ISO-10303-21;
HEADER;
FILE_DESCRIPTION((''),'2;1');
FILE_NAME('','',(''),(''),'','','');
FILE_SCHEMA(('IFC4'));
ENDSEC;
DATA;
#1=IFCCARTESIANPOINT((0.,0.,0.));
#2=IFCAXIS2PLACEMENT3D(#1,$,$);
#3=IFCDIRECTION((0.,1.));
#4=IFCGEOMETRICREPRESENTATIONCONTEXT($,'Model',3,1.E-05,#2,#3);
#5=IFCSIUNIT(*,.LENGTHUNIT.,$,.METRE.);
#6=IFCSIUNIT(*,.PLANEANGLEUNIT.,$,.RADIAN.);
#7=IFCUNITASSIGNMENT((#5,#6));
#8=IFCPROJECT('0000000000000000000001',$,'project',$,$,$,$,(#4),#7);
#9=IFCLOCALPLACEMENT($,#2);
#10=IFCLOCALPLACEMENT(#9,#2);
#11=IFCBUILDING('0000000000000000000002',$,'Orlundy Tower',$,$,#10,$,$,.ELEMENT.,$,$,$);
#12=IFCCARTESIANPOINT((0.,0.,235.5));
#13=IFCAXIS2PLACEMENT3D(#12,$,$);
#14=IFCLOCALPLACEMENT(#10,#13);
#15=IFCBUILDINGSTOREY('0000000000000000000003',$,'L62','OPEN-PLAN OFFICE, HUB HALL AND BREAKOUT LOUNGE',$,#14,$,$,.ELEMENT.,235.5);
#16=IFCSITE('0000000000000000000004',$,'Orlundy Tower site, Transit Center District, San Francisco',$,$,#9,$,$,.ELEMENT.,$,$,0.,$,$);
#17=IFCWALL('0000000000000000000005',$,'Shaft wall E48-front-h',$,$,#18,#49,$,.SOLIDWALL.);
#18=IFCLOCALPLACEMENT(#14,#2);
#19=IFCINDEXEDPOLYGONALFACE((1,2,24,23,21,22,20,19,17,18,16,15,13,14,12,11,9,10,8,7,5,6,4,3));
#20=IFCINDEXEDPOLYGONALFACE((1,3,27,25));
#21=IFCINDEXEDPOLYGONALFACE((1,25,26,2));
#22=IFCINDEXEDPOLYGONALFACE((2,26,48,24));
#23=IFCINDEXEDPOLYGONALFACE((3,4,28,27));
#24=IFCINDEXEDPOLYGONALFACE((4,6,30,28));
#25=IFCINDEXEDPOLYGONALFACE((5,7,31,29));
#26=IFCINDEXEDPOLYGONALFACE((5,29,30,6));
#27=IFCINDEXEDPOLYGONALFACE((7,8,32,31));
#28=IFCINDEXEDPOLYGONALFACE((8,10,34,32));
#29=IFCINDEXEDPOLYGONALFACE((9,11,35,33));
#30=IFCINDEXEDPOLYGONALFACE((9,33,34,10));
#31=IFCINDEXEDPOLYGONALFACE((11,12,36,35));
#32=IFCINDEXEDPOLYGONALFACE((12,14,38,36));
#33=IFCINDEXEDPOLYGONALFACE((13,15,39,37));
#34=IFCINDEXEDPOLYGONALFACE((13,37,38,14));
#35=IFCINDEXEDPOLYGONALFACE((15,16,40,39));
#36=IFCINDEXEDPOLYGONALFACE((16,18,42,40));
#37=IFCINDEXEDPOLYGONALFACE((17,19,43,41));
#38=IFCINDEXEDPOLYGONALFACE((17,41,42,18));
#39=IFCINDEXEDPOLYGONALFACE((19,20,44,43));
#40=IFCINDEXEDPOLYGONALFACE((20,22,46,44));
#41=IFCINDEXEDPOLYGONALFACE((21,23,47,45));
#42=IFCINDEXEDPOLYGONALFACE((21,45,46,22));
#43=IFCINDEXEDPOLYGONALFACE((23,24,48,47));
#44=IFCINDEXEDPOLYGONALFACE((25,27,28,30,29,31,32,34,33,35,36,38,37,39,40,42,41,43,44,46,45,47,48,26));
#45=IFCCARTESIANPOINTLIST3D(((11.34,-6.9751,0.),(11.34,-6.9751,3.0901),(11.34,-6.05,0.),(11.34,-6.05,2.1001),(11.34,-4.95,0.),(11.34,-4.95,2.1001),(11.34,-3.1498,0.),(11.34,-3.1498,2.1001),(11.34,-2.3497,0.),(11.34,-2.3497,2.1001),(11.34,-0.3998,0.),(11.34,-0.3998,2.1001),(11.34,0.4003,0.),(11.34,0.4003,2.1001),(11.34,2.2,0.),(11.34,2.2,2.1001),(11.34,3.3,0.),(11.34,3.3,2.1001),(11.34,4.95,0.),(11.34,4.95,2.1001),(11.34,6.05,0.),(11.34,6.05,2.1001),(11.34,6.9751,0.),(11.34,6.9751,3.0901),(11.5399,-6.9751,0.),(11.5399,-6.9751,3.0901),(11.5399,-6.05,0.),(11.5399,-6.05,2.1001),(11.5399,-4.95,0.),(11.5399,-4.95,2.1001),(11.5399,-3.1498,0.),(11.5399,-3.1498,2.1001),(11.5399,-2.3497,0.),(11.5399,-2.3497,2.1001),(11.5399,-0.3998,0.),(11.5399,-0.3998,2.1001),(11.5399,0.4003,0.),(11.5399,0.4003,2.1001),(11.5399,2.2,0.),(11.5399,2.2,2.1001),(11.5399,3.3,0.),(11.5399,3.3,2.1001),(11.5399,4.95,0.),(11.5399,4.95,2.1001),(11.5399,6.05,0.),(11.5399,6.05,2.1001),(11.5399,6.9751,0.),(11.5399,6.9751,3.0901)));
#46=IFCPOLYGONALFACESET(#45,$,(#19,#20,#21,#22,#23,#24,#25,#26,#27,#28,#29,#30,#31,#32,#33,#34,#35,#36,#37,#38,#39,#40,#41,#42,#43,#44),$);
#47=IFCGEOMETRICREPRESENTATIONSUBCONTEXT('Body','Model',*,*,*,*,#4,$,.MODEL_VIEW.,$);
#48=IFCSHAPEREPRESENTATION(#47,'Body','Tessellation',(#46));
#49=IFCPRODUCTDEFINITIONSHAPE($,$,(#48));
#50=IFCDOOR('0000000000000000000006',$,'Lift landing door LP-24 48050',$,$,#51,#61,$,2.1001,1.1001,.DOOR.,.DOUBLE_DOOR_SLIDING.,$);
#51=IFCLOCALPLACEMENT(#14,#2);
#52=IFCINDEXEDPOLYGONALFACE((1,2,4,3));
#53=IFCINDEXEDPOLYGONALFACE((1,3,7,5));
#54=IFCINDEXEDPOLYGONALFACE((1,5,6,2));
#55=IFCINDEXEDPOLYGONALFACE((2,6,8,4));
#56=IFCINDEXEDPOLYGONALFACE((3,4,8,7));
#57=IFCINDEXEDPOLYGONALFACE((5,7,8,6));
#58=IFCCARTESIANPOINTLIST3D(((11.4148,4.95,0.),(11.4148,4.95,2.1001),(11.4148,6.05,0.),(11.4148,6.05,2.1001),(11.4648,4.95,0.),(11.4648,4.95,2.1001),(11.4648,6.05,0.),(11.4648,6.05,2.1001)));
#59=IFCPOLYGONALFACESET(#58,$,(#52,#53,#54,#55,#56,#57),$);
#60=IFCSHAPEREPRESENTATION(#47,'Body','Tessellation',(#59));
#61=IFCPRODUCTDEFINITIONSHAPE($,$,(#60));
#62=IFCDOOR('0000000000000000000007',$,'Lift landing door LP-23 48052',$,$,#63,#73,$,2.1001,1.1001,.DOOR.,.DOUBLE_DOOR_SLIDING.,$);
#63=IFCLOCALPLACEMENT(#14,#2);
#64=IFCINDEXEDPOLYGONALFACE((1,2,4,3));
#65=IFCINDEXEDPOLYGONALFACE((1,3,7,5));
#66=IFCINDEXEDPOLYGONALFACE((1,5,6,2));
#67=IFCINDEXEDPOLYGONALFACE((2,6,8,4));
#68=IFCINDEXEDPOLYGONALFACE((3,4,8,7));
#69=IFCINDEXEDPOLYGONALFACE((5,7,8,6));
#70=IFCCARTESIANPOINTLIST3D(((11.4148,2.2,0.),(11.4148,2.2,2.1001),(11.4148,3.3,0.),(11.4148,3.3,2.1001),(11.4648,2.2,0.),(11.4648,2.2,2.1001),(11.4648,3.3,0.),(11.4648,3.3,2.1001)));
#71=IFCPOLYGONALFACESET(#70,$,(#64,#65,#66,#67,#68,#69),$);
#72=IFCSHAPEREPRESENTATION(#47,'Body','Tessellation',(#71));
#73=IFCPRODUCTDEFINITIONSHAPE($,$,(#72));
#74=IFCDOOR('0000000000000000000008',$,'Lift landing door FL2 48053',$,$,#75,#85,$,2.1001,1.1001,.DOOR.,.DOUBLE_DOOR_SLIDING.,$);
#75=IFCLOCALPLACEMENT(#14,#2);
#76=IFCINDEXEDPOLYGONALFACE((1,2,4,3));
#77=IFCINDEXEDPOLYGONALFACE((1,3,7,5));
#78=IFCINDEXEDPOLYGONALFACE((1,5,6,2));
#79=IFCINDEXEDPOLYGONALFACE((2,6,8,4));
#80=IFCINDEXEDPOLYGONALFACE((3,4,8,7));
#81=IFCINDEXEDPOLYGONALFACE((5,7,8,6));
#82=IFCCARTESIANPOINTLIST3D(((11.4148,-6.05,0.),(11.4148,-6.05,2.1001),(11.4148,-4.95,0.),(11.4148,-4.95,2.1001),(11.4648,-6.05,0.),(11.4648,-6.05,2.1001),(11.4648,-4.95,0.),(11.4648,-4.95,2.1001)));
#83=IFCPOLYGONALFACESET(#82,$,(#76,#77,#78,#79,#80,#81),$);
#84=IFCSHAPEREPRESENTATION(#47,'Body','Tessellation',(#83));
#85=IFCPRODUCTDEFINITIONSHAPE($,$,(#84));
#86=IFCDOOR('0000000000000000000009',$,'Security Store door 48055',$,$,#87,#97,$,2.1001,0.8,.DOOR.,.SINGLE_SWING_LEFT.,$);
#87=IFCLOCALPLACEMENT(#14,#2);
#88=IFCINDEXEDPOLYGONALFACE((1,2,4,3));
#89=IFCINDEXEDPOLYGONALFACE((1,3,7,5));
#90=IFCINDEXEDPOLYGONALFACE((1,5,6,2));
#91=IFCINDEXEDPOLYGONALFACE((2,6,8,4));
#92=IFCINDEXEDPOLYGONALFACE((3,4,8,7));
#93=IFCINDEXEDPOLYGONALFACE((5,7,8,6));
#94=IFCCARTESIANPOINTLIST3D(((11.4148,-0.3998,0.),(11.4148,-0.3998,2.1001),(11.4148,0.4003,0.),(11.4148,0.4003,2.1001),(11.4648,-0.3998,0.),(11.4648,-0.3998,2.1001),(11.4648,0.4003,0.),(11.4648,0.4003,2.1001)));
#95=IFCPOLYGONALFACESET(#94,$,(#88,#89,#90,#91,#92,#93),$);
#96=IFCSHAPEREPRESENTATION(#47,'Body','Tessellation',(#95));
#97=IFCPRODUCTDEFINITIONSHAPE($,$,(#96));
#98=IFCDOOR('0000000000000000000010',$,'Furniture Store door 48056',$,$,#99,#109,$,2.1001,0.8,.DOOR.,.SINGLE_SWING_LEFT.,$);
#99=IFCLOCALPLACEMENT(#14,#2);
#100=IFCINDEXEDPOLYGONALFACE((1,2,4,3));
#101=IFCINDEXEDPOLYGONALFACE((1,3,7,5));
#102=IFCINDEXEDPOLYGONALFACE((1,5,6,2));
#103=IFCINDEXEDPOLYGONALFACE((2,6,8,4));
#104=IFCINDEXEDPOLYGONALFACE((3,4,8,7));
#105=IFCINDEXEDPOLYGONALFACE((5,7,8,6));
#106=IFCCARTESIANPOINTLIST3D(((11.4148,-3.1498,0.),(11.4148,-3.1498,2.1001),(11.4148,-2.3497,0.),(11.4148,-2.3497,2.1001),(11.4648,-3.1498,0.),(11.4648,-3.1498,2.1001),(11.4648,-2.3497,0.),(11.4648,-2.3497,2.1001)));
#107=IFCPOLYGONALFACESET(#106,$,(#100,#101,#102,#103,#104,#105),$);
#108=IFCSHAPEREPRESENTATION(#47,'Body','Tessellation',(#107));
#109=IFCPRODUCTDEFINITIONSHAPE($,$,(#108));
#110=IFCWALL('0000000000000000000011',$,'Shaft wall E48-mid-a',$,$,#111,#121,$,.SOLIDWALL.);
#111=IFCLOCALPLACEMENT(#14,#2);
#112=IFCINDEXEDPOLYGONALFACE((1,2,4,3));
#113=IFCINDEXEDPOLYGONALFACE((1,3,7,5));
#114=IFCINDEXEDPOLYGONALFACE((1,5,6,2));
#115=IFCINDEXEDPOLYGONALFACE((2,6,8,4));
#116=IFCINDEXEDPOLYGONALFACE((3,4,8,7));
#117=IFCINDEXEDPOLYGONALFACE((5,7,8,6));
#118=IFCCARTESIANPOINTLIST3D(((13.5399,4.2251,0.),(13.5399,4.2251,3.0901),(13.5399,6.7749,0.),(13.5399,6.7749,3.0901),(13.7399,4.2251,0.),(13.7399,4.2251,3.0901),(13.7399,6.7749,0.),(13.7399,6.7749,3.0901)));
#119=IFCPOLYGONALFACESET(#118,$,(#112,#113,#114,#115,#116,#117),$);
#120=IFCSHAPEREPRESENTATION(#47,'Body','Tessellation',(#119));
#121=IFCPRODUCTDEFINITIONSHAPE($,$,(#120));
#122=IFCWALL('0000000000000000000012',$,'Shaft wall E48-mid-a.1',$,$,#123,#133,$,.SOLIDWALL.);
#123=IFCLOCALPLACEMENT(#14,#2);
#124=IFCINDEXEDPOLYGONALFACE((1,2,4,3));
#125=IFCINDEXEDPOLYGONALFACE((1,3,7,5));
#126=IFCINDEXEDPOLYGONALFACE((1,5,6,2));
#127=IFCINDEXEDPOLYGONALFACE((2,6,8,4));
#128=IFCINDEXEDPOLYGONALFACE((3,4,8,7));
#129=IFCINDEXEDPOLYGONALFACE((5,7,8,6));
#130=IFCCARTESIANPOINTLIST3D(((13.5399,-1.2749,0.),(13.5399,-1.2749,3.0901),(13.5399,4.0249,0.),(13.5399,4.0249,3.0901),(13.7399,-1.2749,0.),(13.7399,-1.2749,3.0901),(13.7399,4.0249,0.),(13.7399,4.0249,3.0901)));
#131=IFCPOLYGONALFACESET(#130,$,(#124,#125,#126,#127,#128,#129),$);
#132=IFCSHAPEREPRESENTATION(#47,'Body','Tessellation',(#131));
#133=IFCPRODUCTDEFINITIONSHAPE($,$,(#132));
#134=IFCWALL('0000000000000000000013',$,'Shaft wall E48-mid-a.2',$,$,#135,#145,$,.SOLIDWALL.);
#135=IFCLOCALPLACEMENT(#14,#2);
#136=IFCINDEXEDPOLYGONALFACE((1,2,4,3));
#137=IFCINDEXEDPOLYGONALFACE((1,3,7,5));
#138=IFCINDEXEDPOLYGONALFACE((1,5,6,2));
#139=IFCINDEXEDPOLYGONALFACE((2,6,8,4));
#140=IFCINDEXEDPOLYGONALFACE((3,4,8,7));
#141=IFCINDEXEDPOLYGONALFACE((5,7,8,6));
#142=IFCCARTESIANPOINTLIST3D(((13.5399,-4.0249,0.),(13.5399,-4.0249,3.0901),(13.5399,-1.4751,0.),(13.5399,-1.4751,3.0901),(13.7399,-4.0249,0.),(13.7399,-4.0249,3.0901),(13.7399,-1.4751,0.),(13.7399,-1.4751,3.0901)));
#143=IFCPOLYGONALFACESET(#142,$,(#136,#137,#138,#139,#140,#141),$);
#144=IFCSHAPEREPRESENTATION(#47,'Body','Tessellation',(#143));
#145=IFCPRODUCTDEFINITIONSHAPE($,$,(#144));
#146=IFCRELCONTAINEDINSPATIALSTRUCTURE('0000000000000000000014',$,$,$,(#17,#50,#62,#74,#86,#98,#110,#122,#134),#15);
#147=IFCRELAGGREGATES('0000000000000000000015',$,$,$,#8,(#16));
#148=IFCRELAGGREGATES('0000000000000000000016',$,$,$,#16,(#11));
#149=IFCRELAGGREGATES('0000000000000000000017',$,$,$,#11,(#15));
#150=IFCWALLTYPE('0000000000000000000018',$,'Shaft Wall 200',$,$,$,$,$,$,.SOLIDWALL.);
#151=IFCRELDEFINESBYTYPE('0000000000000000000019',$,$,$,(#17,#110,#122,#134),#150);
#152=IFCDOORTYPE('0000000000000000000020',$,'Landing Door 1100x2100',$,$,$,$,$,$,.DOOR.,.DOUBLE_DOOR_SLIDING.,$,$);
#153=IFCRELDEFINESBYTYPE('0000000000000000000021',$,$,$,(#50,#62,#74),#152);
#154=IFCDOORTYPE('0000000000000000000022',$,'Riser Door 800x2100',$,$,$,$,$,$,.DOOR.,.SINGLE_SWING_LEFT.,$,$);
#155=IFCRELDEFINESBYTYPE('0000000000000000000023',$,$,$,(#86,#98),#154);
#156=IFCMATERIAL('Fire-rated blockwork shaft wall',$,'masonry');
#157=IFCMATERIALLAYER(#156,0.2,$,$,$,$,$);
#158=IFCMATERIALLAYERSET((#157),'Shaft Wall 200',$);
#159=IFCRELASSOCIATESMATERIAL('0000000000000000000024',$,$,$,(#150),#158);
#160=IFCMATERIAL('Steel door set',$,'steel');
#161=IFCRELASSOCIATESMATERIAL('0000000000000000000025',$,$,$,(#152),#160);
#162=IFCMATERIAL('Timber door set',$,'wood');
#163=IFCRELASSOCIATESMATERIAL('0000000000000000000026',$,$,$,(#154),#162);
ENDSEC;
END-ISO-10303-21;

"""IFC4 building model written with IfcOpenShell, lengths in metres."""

from ifc_helpers import new_model, si_unit, direction, frame, frame_2d, origin, place, context, subcontext, project, spatial, rectangle, extrude, material, layer, layer_set, type_object, element, fill, save


model = new_model("IFC4")

# Units and contexts
model_context = context("Model", 3, precision=1e-05, world=origin(), true_north=direction((0.0, 1.0)))
body_context = subcontext(model_context, "Body", "Model", "MODEL_VIEW")
ifc_project = project(units=[si_unit("LENGTHUNIT", "METRE"), si_unit("PLANEANGLEUNIT", "RADIAN")], contexts=[model_context])

# Site, building, storey
site_placement = place(None, origin())
site = spatial("IfcSite", under=ifc_project, at=site_placement, Name="Orlundy Tower site, Transit Center District, San Francisco", CompositionType="ELEMENT", RefElevation=0.0)
building_placement = place(site_placement, origin())
building = spatial("IfcBuilding", under=site, at=building_placement, Name="Orlundy Tower", CompositionType="ELEMENT")
storey_placement = place(building_placement, frame((0.0, 0.0, 235.5)))
storey = spatial("IfcBuildingStorey", under=building, at=storey_placement, Name="L62", Description="OPEN-PLAN OFFICE, HUB HALL AND BREAKOUT LOUNGE", CompositionType="ELEMENT", Elevation=235.5)

# Shared definitions
ifc_material_1 = material(Name="Fire-rated blockwork shaft wall", Category="masonry")
ifc_layer_1 = layer(ifc_material_1, 0.2)
ifc_layer_set_1 = layer_set([ifc_layer_1], Name="Shaft Wall 200")
wall_type_1 = type_object("IfcWallType", Name="Shaft Wall 200", PredefinedType="SOLIDWALL", material=ifc_layer_set_1)

# Wall, openings, doors
wall_1_placement = place(storey_placement, frame((11.4399, 6.9751, 0.0), z_axis=(0.0, 0.0, 1.0), x_axis=(0.0, -1.0, 0.0)))
wall_1 = element("IfcWall", 1, at=wall_1_placement, inside=storey, type_object=wall_type_1, Name="Shaft wall E48-front-h", PredefinedType="SOLIDWALL", context=body_context, shape_type="SweptSolid", body=[
    extrude(rectangle(XDim=13.9502, YDim=0.2, at=frame_2d((6.9751, 0.0))), origin(), (0.0, 0.0, 1.0), 3.0901),
])
opening_1_placement = place(wall_1_placement, frame((0.925, 0.0, 0.0)))
opening_1 = element("IfcOpeningElement", 2, at=opening_1_placement, cuts=wall_1, PredefinedType="OPENING", context=body_context, shape_type="SweptSolid", body=[
    extrude(rectangle(XDim=1.1001, YDim=2.1001, at=frame_2d((0.55, 1.05))), frame((0.0, 0.1101, 0.0), z_axis=(0.0, -1.0, 0.0), x_axis=(1.0, 0.0, 0.0)), (0.0, 0.0, 1.0), 0.2202),
])
opening_2_placement = place(wall_1_placement, frame((3.675, 0.0, 0.0)))
opening_2 = element("IfcOpeningElement", 3, at=opening_2_placement, cuts=wall_1, PredefinedType="OPENING", context=body_context, shape_type="SweptSolid", body=[
    extrude(rectangle(XDim=1.1001, YDim=2.1001, at=frame_2d((0.55, 1.05))), frame((0.0, 0.1101, 0.0), z_axis=(0.0, -1.0, 0.0), x_axis=(1.0, 0.0, 0.0)), (0.0, 0.0, 1.0), 0.2202),
])
opening_3_placement = place(wall_1_placement, frame((11.925, 0.0, 0.0)))
opening_3 = element("IfcOpeningElement", 4, at=opening_3_placement, cuts=wall_1, PredefinedType="OPENING", context=body_context, shape_type="SweptSolid", body=[
    extrude(rectangle(XDim=1.1001, YDim=2.1001, at=frame_2d((0.55, 1.05))), frame((0.0, 0.1101, 0.0), z_axis=(0.0, -1.0, 0.0), x_axis=(1.0, 0.0, 0.0)), (0.0, 0.0, 1.0), 0.2202),
])
opening_4_placement = place(wall_1_placement, frame((6.575, 0.0, 0.0)))
opening_4 = element("IfcOpeningElement", 5, at=opening_4_placement, cuts=wall_1, PredefinedType="OPENING", context=body_context, shape_type="SweptSolid", body=[
    extrude(rectangle(XDim=0.8, YDim=2.1001, at=frame_2d((0.3999, 1.05))), frame((0.0, 0.1101, 0.0), z_axis=(0.0, -1.0, 0.0), x_axis=(1.0, 0.0, 0.0)), (0.0, 0.0, 1.0), 0.2202),
])
opening_5_placement = place(wall_1_placement, frame((9.325, 0.0, 0.0)))
opening_5 = element("IfcOpeningElement", 6, at=opening_5_placement, cuts=wall_1, PredefinedType="OPENING", context=body_context, shape_type="SweptSolid", body=[
    extrude(rectangle(XDim=0.8, YDim=2.1001, at=frame_2d((0.3999, 1.05))), frame((0.0, 0.1101, 0.0), z_axis=(0.0, -1.0, 0.0), x_axis=(1.0, 0.0, 0.0)), (0.0, 0.0, 1.0), 0.2202),
])
ifc_material_2 = material(Name="Steel door set", Category="steel")
door_type_1 = type_object("IfcDoorType", Name="Landing Door 1100x2100", OperationType="DOUBLE_DOOR_SLIDING", PredefinedType="DOOR", material=ifc_material_2)
door_1_placement = place(opening_1_placement, origin())
door_1 = element("IfcDoor", 7, at=door_1_placement, inside=storey, type_object=door_type_1, Name="Lift landing door LP-24 48050", OperationType="DOUBLE_DOOR_SLIDING", OverallHeight=2.1001, OverallWidth=1.1001, PredefinedType="DOOR", context=body_context, shape_type="SweptSolid", body=[
    extrude(rectangle(XDim=1.1001, YDim=2.1001, at=frame_2d((0.55, 1.05))), frame((0.0, 0.0249, 0.0), z_axis=(0.0, -1.0, 0.0), x_axis=(1.0, 0.0, 0.0)), (0.0, 0.0, 1.0), 0.05),
])
fill(opening_1, door_1)
door_2_placement = place(opening_2_placement, origin())
door_2 = element("IfcDoor", 8, at=door_2_placement, inside=storey, type_object=door_type_1, Name="Lift landing door LP-23 48052", OperationType="DOUBLE_DOOR_SLIDING", OverallHeight=2.1001, OverallWidth=1.1001, PredefinedType="DOOR", context=body_context, shape_type="SweptSolid", body=[
    extrude(rectangle(XDim=1.1001, YDim=2.1001, at=frame_2d((0.55, 1.05))), frame((0.0, 0.0249, 0.0), z_axis=(0.0, -1.0, 0.0), x_axis=(1.0, 0.0, 0.0)), (0.0, 0.0, 1.0), 0.05),
])
fill(opening_2, door_2)
door_3_placement = place(opening_3_placement, origin())
door_3 = element("IfcDoor", 9, at=door_3_placement, inside=storey, type_object=door_type_1, Name="Lift landing door FL2 48053", OperationType="DOUBLE_DOOR_SLIDING", OverallHeight=2.1001, OverallWidth=1.1001, PredefinedType="DOOR", context=body_context, shape_type="SweptSolid", body=[
    extrude(rectangle(XDim=1.1001, YDim=2.1001, at=frame_2d((0.55, 1.05))), frame((0.0, 0.0249, 0.0), z_axis=(0.0, -1.0, 0.0), x_axis=(1.0, 0.0, 0.0)), (0.0, 0.0, 1.0), 0.05),
])
fill(opening_3, door_3)
ifc_material_3 = material(Name="Timber door set", Category="wood")
door_type_2 = type_object("IfcDoorType", Name="Riser Door 800x2100", OperationType="SINGLE_SWING_LEFT", PredefinedType="DOOR", material=ifc_material_3)
door_4_placement = place(opening_4_placement, origin())
door_4 = element("IfcDoor", 10, at=door_4_placement, inside=storey, type_object=door_type_2, Name="Security Store door 48055", OperationType="SINGLE_SWING_LEFT", OverallHeight=2.1001, OverallWidth=0.8, PredefinedType="DOOR", context=body_context, shape_type="SweptSolid", body=[
    extrude(rectangle(XDim=0.8, YDim=2.1001, at=frame_2d((0.3999, 1.05))), frame((0.0, 0.0249, 0.0), z_axis=(0.0, -1.0, 0.0), x_axis=(1.0, 0.0, 0.0)), (0.0, 0.0, 1.0), 0.05),
])
fill(opening_4, door_4)
door_5_placement = place(opening_5_placement, origin())
door_5 = element("IfcDoor", 11, at=door_5_placement, inside=storey, type_object=door_type_2, Name="Furniture Store door 48056", OperationType="SINGLE_SWING_LEFT", OverallHeight=2.1001, OverallWidth=0.8, PredefinedType="DOOR", context=body_context, shape_type="SweptSolid", body=[
    extrude(rectangle(XDim=0.8, YDim=2.1001, at=frame_2d((0.3999, 1.05))), frame((0.0, 0.0249, 0.0), z_axis=(0.0, -1.0, 0.0), x_axis=(1.0, 0.0, 0.0)), (0.0, 0.0, 1.0), 0.05),
])
fill(opening_5, door_5)

# Walls
wall_2_placement = place(storey_placement, frame((13.6399, 6.7749, 0.0), z_axis=(0.0, 0.0, 1.0), x_axis=(0.0, -1.0, 0.0)))
element("IfcWall", 12, at=wall_2_placement, inside=storey, type_object=wall_type_1, Name="Shaft wall E48-mid-a", PredefinedType="SOLIDWALL", context=body_context, shape_type="SweptSolid", body=[
    extrude(rectangle(XDim=2.5498, YDim=0.2, at=frame_2d((1.2749, 0.0))), origin(), (0.0, 0.0, 1.0), 3.0901),
])
wall_3_placement = place(storey_placement, frame((13.6399, 4.0249, 0.0), z_axis=(0.0, 0.0, 1.0), x_axis=(0.0, -1.0, 0.0)))
element("IfcWall", 13, at=wall_3_placement, inside=storey, type_object=wall_type_1, Name="Shaft wall E48-mid-a.1", PredefinedType="SOLIDWALL", context=body_context, shape_type="SweptSolid", body=[
    extrude(rectangle(XDim=5.2998, YDim=0.2, at=frame_2d((2.6499, 0.0))), origin(), (0.0, 0.0, 1.0), 3.0901),
])
wall_4_placement = place(storey_placement, frame((13.6399, -1.4751, 0.0), z_axis=(0.0, 0.0, 1.0), x_axis=(0.0, -1.0, 0.0)))
element("IfcWall", 14, at=wall_4_placement, inside=storey, type_object=wall_type_1, Name="Shaft wall E48-mid-a.2", PredefinedType="SOLIDWALL", context=body_context, shape_type="SweptSolid", body=[
    extrude(rectangle(XDim=2.5498, YDim=0.2, at=frame_2d((1.2749, 0.0))), origin(), (0.0, 0.0, 1.0), 3.0901),
])

save(model, "model.ifc")
